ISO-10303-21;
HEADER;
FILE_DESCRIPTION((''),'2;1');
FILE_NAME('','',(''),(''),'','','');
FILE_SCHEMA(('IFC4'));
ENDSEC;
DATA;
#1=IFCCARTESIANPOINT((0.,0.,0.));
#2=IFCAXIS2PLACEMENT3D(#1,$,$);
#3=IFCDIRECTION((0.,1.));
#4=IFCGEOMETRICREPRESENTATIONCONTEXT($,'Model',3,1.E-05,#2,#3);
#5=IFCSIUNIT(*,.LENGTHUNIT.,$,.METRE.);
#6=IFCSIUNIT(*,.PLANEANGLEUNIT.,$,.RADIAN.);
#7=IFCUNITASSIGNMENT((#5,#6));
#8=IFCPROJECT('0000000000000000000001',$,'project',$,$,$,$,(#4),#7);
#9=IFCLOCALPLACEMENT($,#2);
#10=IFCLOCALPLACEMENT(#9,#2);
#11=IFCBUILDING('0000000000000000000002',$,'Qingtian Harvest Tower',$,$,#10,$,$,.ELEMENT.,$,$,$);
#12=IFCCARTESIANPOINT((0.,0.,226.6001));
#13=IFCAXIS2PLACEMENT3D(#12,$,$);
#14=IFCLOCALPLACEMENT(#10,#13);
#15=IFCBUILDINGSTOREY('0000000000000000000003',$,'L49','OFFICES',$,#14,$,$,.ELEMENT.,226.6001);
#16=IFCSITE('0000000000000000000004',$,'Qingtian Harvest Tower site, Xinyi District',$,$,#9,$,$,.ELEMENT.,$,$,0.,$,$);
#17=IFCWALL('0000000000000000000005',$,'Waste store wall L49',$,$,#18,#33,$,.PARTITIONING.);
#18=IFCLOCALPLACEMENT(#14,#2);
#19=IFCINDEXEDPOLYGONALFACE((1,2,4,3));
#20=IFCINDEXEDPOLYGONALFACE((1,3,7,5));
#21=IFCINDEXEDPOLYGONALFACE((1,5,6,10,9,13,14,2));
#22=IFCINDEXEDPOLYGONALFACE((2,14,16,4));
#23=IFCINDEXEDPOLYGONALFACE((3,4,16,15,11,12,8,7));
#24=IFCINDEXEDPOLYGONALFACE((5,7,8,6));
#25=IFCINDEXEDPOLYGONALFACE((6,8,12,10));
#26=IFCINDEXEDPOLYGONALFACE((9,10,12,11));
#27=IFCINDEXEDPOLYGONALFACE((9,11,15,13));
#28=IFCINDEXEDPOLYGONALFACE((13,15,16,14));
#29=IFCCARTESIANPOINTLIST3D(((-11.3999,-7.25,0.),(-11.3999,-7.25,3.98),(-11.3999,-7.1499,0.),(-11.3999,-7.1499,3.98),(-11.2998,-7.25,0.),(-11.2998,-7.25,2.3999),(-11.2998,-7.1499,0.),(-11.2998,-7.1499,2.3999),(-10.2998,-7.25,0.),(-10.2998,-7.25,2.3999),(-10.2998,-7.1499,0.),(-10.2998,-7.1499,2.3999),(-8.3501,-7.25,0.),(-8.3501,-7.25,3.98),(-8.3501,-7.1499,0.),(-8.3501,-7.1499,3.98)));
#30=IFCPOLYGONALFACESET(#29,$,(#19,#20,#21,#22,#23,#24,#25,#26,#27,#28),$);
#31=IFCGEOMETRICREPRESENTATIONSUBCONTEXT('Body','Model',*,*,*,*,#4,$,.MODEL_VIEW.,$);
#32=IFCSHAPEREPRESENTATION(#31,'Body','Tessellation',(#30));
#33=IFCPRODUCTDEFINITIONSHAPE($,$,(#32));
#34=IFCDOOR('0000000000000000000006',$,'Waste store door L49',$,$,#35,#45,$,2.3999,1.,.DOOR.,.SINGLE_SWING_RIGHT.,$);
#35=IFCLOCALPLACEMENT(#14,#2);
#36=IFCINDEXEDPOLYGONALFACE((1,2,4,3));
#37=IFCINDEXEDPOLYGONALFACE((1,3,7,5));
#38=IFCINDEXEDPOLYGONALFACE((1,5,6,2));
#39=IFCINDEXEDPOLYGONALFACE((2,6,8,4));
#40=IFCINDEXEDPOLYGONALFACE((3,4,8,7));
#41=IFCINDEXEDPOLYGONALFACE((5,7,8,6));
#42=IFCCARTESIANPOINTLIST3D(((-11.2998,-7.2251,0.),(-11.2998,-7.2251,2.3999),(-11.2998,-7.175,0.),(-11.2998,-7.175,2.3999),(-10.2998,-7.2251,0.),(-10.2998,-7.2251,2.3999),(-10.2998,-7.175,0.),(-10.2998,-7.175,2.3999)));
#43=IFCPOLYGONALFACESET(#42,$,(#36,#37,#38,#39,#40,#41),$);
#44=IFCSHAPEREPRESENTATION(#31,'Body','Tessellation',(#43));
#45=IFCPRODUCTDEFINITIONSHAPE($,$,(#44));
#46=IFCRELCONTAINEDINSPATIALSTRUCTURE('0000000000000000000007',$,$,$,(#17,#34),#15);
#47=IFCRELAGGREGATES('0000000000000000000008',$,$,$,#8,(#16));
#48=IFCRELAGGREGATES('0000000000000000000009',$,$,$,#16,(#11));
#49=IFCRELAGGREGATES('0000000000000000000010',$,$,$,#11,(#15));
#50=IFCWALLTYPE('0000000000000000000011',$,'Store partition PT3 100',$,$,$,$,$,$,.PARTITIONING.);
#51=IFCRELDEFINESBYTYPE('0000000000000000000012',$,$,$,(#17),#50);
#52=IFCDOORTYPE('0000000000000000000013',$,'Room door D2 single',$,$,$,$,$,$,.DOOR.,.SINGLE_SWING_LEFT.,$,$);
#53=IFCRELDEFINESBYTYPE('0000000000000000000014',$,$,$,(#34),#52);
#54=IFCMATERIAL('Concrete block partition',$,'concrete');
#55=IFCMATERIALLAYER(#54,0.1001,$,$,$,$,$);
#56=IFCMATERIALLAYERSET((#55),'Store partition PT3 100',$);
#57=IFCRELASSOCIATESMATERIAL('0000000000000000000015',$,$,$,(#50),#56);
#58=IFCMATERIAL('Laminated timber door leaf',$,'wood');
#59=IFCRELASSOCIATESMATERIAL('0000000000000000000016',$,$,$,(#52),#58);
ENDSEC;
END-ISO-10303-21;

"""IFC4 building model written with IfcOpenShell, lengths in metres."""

from ifc_helpers import new_model, si_unit, direction, frame, frame_2d, origin, place, context, subcontext, project, spatial, rectangle, extrude, material, layer, layer_set, type_object, element, fill, save


model = new_model("IFC4")

# Units and contexts
model_context = context("Model", 3, precision=1e-05, world=origin(), true_north=direction((0.0, 1.0)))
body_context = subcontext(model_context, "Body", "Model", "MODEL_VIEW")
ifc_project = project(units=[si_unit("LENGTHUNIT", "METRE"), si_unit("PLANEANGLEUNIT", "RADIAN")], contexts=[model_context])

# Site, building, storey
site_placement = place(None, origin())
site = spatial("IfcSite", under=ifc_project, at=site_placement, Name="Qingtian Harvest Tower site, Xinyi District", CompositionType="ELEMENT", RefElevation=0.0)
building_placement = place(site_placement, origin())
building = spatial("IfcBuilding", under=site, at=building_placement, Name="Qingtian Harvest Tower", CompositionType="ELEMENT")
storey_placement = place(building_placement, frame((0.0, 0.0, 226.6001)))
storey = spatial("IfcBuildingStorey", under=building, at=storey_placement, Name="L49", Description="OFFICES", CompositionType="ELEMENT", Elevation=226.6001)

# Wall, opening, door
ifc_material_1 = material(Name="Concrete block partition", Category="concrete")
ifc_layer_1 = layer(ifc_material_1, 0.1001)
ifc_layer_set_1 = layer_set([ifc_layer_1], Name="Store partition PT3 100")
wall_type_1 = type_object("IfcWallType", Name="Store partition PT3 100", PredefinedType="PARTITIONING", material=ifc_layer_set_1)
wall_1_placement = place(storey_placement, frame((-11.3999, -7.2, 0.0), z_axis=(0.0, 0.0, 1.0), x_axis=(1.0, 0.0, 0.0)))
wall_1 = element("IfcWall", 1, at=wall_1_placement, inside=storey, type_object=wall_type_1, Name="Waste store wall L49", PredefinedType="PARTITIONING", context=body_context, shape_type="SweptSolid", body=[
    extrude(rectangle(XDim=3.0498, YDim=0.1001, at=frame_2d((1.5249, 0.0))), origin(), (0.0, 0.0, 1.0), 3.98),
])
opening_1_placement = place(wall_1_placement, frame((0.1001, 0.0, 0.0)))
opening_1 = element("IfcOpeningElement", 2, at=opening_1_placement, cuts=wall_1, PredefinedType="OPENING", context=body_context, shape_type="SweptSolid", body=[
    extrude(rectangle(XDim=1.0, YDim=2.3999, at=frame_2d((0.5, 1.2))), frame((0.0, 0.0601, 0.0), z_axis=(0.0, -1.0, 0.0), x_axis=(1.0, 0.0, 0.0)), (0.0, 0.0, 1.0), 0.1201),
])
ifc_material_2 = material(Name="Laminated timber door leaf", Category="wood")
door_type_1 = type_object("IfcDoorType", Name="Room door D2 single", OperationType="SINGLE_SWING_LEFT", PredefinedType="DOOR", material=ifc_material_2)
door_1_placement = place(opening_1_placement, origin())
door_1 = element("IfcDoor", 3, at=door_1_placement, inside=storey, type_object=door_type_1, Name="Waste store door L49", OperationType="SINGLE_SWING_RIGHT", OverallHeight=2.3999, OverallWidth=1.0, PredefinedType="DOOR", context=body_context, shape_type="SweptSolid", body=[
    extrude(rectangle(XDim=1.0, YDim=2.3999, at=frame_2d((0.5, 1.2))), frame((0.0, 0.0249, 0.0), z_axis=(0.0, -1.0, 0.0), x_axis=(1.0, 0.0, 0.0)), (0.0, 0.0, 1.0), 0.05),
])
fill(opening_1, door_1)

save(model, "model.ifc")
